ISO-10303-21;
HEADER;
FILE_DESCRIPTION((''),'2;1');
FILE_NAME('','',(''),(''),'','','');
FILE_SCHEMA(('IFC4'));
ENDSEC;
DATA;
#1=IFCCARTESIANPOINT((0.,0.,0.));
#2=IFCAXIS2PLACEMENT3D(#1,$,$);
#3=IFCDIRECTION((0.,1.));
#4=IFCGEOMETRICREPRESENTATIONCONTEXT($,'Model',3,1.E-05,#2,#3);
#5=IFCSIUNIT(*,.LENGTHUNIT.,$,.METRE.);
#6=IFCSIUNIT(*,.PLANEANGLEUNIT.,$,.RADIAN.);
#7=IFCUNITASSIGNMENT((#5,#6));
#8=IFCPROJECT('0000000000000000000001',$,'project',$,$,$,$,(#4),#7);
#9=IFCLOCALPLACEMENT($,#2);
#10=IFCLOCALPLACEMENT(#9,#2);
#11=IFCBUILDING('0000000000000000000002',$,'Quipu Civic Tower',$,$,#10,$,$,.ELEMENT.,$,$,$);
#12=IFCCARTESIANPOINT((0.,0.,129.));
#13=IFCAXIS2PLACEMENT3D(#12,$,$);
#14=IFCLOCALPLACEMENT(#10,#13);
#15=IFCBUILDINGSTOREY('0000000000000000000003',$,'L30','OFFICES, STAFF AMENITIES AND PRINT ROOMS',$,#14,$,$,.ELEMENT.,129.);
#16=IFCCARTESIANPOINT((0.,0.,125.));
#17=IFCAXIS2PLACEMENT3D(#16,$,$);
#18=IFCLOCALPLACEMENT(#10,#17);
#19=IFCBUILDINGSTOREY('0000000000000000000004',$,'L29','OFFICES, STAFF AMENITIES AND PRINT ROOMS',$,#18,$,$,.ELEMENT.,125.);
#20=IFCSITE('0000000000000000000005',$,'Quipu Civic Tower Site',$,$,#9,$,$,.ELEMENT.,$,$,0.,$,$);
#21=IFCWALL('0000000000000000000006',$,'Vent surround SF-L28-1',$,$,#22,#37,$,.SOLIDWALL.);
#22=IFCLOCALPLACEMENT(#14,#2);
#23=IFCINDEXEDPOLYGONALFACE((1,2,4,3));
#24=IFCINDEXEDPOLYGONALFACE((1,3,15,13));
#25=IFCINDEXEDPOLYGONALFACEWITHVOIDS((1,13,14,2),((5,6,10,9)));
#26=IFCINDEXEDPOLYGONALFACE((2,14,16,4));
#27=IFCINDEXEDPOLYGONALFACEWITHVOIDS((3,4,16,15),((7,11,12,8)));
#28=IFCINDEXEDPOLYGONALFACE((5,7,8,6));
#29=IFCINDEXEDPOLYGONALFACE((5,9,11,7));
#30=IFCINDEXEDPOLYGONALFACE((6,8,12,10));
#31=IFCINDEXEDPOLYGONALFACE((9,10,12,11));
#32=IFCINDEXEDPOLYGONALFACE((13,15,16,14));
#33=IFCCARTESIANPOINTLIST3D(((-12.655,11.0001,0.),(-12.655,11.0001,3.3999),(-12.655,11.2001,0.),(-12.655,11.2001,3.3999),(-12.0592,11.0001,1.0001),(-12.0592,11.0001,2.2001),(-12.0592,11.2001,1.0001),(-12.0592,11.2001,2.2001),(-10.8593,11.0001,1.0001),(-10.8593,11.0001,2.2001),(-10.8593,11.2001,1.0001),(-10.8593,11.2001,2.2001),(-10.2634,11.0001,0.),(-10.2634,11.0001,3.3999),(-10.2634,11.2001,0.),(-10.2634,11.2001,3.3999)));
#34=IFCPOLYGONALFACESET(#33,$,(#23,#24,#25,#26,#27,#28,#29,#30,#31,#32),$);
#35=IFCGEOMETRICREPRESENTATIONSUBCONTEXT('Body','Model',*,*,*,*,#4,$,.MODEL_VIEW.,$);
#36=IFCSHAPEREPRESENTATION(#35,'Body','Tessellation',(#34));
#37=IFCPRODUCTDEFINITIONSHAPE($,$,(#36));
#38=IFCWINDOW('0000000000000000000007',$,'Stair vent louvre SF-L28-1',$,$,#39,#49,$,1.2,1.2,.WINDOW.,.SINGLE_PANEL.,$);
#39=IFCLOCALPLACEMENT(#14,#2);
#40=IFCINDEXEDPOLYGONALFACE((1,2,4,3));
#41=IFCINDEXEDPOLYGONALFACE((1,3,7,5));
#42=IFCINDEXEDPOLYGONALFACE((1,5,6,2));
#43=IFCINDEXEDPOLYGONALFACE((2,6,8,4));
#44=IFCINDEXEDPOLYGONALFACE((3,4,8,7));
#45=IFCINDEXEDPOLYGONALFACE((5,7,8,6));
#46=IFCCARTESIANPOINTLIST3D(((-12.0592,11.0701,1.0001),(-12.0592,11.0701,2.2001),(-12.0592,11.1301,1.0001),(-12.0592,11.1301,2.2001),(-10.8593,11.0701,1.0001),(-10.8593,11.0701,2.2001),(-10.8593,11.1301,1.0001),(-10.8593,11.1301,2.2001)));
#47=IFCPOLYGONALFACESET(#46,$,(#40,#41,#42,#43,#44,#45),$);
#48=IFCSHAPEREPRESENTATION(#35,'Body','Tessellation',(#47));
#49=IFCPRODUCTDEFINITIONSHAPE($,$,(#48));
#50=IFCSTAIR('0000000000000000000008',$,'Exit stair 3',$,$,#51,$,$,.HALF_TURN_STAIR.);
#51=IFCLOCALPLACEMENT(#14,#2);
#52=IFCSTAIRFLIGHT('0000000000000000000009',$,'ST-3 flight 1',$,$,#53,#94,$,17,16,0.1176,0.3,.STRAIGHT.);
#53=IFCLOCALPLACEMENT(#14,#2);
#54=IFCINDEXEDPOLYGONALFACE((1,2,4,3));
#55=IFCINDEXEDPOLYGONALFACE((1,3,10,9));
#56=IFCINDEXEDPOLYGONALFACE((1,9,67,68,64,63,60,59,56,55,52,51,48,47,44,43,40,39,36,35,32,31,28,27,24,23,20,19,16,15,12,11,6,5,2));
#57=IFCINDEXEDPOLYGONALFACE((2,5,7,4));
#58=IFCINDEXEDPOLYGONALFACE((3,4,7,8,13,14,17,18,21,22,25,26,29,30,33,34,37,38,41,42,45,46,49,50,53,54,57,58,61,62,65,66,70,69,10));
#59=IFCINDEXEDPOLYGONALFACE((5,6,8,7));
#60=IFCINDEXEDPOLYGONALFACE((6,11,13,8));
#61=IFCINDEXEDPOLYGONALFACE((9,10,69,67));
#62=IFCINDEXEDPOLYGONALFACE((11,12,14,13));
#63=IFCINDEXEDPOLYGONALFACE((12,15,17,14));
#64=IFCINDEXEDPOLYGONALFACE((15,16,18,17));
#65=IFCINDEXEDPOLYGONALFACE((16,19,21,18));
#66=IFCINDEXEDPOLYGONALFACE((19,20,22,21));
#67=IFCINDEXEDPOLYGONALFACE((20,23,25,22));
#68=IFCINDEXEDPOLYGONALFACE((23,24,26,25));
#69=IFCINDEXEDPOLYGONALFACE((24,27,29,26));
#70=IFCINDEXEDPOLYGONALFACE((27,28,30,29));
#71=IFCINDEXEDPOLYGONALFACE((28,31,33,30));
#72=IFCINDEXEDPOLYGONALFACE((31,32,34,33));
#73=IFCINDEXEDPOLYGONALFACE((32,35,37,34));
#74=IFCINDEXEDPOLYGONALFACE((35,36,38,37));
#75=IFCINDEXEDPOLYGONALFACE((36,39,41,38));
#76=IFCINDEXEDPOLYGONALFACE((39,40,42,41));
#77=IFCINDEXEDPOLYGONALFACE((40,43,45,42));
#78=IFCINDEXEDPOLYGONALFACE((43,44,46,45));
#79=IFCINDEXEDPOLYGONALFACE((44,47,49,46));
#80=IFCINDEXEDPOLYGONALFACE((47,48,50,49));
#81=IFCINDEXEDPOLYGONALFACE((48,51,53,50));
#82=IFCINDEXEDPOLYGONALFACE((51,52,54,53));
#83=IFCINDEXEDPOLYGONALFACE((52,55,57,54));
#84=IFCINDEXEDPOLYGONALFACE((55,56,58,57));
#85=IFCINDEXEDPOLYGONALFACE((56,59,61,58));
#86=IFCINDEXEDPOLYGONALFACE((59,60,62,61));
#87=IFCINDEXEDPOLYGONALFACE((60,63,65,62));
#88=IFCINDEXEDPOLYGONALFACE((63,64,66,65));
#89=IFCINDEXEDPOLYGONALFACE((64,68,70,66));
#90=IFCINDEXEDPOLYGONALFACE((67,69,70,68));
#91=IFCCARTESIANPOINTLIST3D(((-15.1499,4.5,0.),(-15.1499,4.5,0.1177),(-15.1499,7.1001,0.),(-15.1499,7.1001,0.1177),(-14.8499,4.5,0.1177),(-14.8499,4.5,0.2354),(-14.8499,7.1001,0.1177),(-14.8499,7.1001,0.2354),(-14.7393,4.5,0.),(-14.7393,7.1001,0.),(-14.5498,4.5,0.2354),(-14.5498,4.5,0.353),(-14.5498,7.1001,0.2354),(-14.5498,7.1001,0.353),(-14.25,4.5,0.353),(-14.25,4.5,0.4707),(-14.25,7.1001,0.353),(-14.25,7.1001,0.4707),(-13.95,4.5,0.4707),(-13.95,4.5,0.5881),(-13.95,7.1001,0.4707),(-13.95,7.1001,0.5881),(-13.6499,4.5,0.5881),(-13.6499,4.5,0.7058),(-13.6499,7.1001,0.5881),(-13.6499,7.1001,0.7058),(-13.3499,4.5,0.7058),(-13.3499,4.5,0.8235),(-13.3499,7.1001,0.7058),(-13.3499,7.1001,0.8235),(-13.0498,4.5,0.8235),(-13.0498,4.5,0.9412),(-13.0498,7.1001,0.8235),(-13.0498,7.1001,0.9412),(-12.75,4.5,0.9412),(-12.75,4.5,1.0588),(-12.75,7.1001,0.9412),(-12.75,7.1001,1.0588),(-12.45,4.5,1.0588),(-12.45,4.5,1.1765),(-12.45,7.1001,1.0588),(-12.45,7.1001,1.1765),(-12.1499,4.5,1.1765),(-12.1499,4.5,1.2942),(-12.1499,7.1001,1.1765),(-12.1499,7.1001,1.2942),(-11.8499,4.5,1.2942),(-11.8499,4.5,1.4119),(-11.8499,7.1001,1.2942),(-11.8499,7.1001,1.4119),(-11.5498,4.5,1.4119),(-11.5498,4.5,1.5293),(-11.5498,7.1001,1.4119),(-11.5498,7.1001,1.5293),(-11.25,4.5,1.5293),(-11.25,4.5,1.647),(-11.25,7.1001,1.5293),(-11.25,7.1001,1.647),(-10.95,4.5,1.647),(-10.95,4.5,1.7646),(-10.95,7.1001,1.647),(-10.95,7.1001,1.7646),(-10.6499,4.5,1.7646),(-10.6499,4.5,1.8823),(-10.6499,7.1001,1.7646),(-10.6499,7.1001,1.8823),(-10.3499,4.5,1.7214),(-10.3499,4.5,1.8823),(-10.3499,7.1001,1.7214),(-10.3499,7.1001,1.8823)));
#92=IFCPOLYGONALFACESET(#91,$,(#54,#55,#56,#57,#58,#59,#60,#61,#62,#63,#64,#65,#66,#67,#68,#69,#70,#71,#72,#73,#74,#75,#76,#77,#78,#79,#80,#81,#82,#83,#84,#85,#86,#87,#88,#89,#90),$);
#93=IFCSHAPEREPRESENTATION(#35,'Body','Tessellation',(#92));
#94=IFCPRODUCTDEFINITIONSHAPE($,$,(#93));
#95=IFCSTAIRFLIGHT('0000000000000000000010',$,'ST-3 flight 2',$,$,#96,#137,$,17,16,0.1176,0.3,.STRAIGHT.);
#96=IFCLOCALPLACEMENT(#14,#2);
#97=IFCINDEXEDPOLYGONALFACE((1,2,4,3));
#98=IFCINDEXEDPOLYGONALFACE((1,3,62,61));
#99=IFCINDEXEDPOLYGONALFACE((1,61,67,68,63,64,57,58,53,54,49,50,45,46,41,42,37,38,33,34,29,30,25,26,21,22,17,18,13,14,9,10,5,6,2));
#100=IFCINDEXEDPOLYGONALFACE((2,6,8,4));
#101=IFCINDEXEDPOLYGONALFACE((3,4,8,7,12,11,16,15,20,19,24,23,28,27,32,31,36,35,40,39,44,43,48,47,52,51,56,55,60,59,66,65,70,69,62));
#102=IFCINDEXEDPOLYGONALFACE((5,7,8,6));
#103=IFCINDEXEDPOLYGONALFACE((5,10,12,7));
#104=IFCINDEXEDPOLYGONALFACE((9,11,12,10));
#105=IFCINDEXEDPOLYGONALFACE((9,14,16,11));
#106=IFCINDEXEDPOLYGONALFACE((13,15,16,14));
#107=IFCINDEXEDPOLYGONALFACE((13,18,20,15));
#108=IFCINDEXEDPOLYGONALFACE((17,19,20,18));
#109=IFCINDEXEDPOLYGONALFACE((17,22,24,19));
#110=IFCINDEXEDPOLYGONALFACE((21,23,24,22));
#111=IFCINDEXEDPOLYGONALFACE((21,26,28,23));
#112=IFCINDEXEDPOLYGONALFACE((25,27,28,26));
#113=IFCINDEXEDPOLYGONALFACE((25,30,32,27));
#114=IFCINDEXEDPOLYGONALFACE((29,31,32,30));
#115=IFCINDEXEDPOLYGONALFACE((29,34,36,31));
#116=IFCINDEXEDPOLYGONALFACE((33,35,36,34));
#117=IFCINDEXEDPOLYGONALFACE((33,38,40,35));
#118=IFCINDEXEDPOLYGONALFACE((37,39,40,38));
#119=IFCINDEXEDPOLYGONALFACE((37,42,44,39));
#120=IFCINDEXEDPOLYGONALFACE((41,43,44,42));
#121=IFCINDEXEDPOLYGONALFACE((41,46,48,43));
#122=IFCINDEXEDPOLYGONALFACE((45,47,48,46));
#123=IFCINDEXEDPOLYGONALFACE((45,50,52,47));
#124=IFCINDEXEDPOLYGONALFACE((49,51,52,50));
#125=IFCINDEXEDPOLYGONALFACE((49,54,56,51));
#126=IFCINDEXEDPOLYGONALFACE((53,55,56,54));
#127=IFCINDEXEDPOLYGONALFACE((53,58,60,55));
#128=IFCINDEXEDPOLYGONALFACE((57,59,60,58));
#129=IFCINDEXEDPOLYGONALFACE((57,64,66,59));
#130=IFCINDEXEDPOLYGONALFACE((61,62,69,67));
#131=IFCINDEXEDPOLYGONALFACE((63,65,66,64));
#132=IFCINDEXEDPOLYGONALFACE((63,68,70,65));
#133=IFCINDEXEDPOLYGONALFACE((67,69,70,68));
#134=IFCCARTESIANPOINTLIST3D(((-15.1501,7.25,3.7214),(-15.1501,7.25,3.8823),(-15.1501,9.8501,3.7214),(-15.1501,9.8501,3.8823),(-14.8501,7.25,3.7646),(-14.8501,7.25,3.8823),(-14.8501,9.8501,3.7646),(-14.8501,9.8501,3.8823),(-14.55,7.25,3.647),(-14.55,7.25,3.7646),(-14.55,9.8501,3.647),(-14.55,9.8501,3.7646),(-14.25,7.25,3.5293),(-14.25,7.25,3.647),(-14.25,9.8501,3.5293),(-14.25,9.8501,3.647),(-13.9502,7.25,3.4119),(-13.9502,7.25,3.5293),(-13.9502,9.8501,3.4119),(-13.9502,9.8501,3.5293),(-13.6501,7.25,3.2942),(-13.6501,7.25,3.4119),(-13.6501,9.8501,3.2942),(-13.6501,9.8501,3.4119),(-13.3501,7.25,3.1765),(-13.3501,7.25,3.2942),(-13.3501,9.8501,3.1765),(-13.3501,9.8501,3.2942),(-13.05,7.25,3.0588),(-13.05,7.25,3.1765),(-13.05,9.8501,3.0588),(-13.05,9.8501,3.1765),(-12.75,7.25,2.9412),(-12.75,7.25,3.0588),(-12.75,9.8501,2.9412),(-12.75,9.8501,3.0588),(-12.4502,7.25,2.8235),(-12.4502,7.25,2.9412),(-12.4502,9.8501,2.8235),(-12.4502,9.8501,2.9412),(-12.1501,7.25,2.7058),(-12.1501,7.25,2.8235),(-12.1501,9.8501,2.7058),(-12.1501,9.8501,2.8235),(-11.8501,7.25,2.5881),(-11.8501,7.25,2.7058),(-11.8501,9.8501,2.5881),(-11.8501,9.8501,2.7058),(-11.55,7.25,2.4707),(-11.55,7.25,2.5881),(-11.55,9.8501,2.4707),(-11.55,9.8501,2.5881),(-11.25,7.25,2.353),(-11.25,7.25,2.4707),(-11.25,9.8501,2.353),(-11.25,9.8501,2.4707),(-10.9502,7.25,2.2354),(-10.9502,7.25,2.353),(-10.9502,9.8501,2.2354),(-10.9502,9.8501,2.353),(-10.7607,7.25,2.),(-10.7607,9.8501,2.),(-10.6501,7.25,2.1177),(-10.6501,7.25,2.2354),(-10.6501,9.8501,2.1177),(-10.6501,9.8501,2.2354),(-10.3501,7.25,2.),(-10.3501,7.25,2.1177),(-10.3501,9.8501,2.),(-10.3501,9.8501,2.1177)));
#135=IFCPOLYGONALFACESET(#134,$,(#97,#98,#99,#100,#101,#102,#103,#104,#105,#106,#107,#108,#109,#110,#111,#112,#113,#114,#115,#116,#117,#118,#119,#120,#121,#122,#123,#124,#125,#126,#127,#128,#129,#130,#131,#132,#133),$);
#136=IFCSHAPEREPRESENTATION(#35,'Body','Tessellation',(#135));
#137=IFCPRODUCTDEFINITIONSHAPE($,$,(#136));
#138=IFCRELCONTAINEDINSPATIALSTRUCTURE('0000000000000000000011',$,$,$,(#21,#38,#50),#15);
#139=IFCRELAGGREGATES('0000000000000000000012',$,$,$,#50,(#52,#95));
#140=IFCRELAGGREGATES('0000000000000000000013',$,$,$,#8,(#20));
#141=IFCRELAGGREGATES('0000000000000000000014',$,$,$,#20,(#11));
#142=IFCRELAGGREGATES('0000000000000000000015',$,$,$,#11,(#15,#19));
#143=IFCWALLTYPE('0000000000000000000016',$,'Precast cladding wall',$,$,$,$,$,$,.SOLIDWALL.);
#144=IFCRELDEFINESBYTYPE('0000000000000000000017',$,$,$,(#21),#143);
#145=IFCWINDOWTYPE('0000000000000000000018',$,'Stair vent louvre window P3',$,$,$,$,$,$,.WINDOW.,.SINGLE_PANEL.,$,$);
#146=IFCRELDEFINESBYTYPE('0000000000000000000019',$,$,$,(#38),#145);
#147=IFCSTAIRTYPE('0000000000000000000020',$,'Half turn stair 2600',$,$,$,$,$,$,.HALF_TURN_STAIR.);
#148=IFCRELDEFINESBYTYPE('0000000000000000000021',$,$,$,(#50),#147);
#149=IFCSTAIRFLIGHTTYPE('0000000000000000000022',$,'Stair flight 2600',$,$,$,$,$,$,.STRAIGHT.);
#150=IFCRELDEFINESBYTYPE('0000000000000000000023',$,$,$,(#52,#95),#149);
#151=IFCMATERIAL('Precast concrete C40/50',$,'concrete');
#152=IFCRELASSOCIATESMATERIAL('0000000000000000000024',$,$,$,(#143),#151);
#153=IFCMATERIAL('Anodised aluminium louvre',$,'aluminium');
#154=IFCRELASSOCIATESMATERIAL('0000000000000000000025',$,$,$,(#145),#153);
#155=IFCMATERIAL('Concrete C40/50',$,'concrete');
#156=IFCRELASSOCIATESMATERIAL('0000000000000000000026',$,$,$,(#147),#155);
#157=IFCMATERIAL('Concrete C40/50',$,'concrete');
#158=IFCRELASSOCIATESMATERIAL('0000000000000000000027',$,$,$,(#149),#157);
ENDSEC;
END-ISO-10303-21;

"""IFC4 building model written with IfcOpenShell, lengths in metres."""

from ifc_helpers import new_model, si_unit, direction, frame, frame_2d, origin, place, context, subcontext, project, spatial, polyline, rectangle, outline, extrude, material, type_object, element, fill, aggregate, save


model = new_model("IFC4")

# Units and contexts
model_context = context("Model", 3, precision=1e-05, world=origin(), true_north=direction((0.0, 1.0)))
body_context = subcontext(model_context, "Body", "Model", "MODEL_VIEW")
ifc_project = project(units=[si_unit("LENGTHUNIT", "METRE"), si_unit("PLANEANGLEUNIT", "RADIAN")], contexts=[model_context])

# Site, building, storey
site_placement = place(None, origin())
site = spatial("IfcSite", under=ifc_project, at=site_placement, Name="Quipu Civic Tower Site", CompositionType="ELEMENT", RefElevation=0.0)
building_placement = place(site_placement, origin())
building = spatial("IfcBuilding", under=site, at=building_placement, Name="Quipu Civic Tower", CompositionType="ELEMENT")
storey_1_placement = place(building_placement, frame((0.0, 0.0, 129.0)))
storey_1 = spatial("IfcBuildingStorey", under=building, at=storey_1_placement, Name="L30", Description="OFFICES, STAFF AMENITIES AND PRINT ROOMS", CompositionType="ELEMENT", Elevation=129.0)

# Shared definitions
storey_2_placement = place(building_placement, frame((0.0, 0.0, 125.0)))
storey_2 = spatial("IfcBuildingStorey", under=building, at=storey_2_placement, Name="L29", Description="OFFICES, STAFF AMENITIES AND PRINT ROOMS", CompositionType="ELEMENT", Elevation=125.0)

# Wall, opening, window
ifc_material_1 = material(Name="Precast concrete C40/50", Category="concrete")
wall_type_1 = type_object("IfcWallType", Name="Precast cladding wall", PredefinedType="SOLIDWALL", material=ifc_material_1)
wall_1_placement = place(storey_1_placement, frame((-10.2634, 11.1001, 0.0), z_axis=(0.0, 0.0, 1.0), x_axis=(-1.0, 0.0, 0.0)))
wall_1 = element("IfcWall", 1, at=wall_1_placement, inside=storey_1, type_object=wall_type_1, Name="Vent surround SF-L28-1", PredefinedType="SOLIDWALL", context=body_context, shape_type="SweptSolid", body=[
    extrude(rectangle(XDim=2.3916, YDim=0.2, at=frame_2d((1.1958, 0.0))), origin(), (0.0, 0.0, 1.0), 3.3999),
])
opening_1_placement = place(wall_1_placement, frame((0.5957, 0.0, 1.0)))
opening_1 = element("IfcOpeningElement", 2, at=opening_1_placement, cuts=wall_1, PredefinedType="OPENING", context=body_context, shape_type="SweptSolid", body=[
    extrude(rectangle(XDim=1.2, YDim=1.2, at=frame_2d((0.6001, 0.6001))), frame((0.0, 0.1099, 0.0), z_axis=(0.0, -1.0, 0.0), x_axis=(1.0, 0.0, 0.0)), (0.0, 0.0, 1.0), 0.22),
])
ifc_material_2 = material(Name="Anodised aluminium louvre", Category="aluminium")
window_type = type_object("IfcWindowType", Name="Stair vent louvre window P3", PartitioningType="SINGLE_PANEL", PredefinedType="WINDOW", material=ifc_material_2)
window_placement = place(opening_1_placement, origin())
window = element("IfcWindow", 3, at=window_placement, inside=storey_1, type_object=window_type, Name="Stair vent louvre SF-L28-1", OverallHeight=1.2, OverallWidth=1.2, PartitioningType="SINGLE_PANEL", PredefinedType="WINDOW", context=body_context, shape_type="SweptSolid", body=[
    extrude(rectangle(XDim=1.2, YDim=1.2, at=frame_2d((0.6001, 0.6001))), frame((0.0, 0.03, 0.0), z_axis=(0.0, -1.0, 0.0), x_axis=(1.0, 0.0, 0.0)), (0.0, 0.0, 1.0), 0.0601),
])
fill(opening_1, window)

# Stair, stair flights
ifc_material_3 = material(Name="Concrete C40/50", Category="concrete")
stair_type = type_object("IfcStairType", Name="Half turn stair 2600", PredefinedType="HALF_TURN_STAIR", material=ifc_material_3)
stair_placement = place(storey_1_placement, origin())
stair = element("IfcStair", 4, at=stair_placement, inside=storey_1, type_object=stair_type, Name="Exit stair 3", PredefinedType="HALF_TURN_STAIR")
ifc_material_4 = material(Name="Concrete C40/50", Category="concrete")
stair_flight_type = type_object("IfcStairFlightType", Name="Stair flight 2600", PredefinedType="STRAIGHT", material=ifc_material_4)
stair_flight_1_placement = place(storey_1_placement, frame((-15.1499, 5.8, 0.0), z_axis=(0.0, 0.0, 1.0), x_axis=(1.0, 0.0, 0.0)))
stair_flight_1 = element("IfcStairFlight", 5, at=stair_flight_1_placement, type_object=stair_flight_type, Name="ST-3 flight 1", NumberOfRisers=17, NumberOfTreads=16, PredefinedType="STRAIGHT", RiserHeight=0.1176, TreadLength=0.3, context=body_context, shape_type="SweptSolid", body=[
    extrude(outline(polyline([(0.0, 0.0), (0.0, 0.1177), (0.3, 0.1177), (0.3, 0.2354), (0.6001, 0.2354), (0.6001, 0.353), (0.8999, 0.353), (0.8999, 0.4707), (1.2, 0.4707), (1.2, 0.5881), (1.5, 0.5881), (1.5, 0.7058), (1.8, 0.7058), (1.8, 0.8235), (2.1001, 0.8235), (2.1001, 0.9412), (2.3999, 0.9412), (2.3999, 1.0588), (2.7, 1.0588), (2.7, 1.1765), (3.0, 1.1765), (3.0, 1.2942), (3.3, 1.2942), (3.3, 1.4119), (3.6001, 1.4119), (3.6001, 1.5293), (3.8999, 1.5293), (3.8999, 1.647), (4.2, 1.647), (4.2, 1.7646), (4.5, 1.7646), (4.5, 1.8823), (4.8, 1.8823), (4.8, 2.0), (4.8, 1.7214), (0.4106, 0.0), (0.0, 0.0)])), frame((0.0, 1.3, 0.0), z_axis=(0.0, -1.0, 0.0), x_axis=(1.0, 0.0, 0.0)), (0.0, 0.0, 1.0), 2.6001),
])
stair_flight_2_placement = place(storey_1_placement, frame((-10.3501, 8.55, 2.0), z_axis=(0.0, 0.0, 1.0), x_axis=(-1.0, 0.0, 0.0)))
stair_flight_2 = element("IfcStairFlight", 6, at=stair_flight_2_placement, type_object=stair_flight_type, Name="ST-3 flight 2", NumberOfRisers=17, NumberOfTreads=16, PredefinedType="STRAIGHT", RiserHeight=0.1176, TreadLength=0.3, context=body_context, shape_type="SweptSolid", body=[
    extrude(outline(polyline([(0.0, 0.0), (0.0, 0.1177), (0.3, 0.1177), (0.3, 0.2354), (0.6001, 0.2354), (0.6001, 0.353), (0.8999, 0.353), (0.8999, 0.4707), (1.2, 0.4707), (1.2, 0.5881), (1.5, 0.5881), (1.5, 0.7058), (1.8, 0.7058), (1.8, 0.8235), (2.1001, 0.8235), (2.1001, 0.9412), (2.3999, 0.9412), (2.3999, 1.0588), (2.7, 1.0588), (2.7, 1.1765), (3.0, 1.1765), (3.0, 1.2942), (3.3, 1.2942), (3.3, 1.4119), (3.6001, 1.4119), (3.6001, 1.5293), (3.8999, 1.5293), (3.8999, 1.647), (4.2, 1.647), (4.2, 1.7646), (4.5, 1.7646), (4.5, 1.8823), (4.8, 1.8823), (4.8, 2.0), (4.8, 1.7214), (0.4106, 0.0), (0.0, 0.0)])), frame((0.0, 1.3, 0.0), z_axis=(0.0, -1.0, 0.0), x_axis=(1.0, 0.0, 0.0)), (0.0, 0.0, 1.0), 2.6001),
])
aggregate(stair, [stair_flight_1, stair_flight_2])

save(model, "model.ifc")
